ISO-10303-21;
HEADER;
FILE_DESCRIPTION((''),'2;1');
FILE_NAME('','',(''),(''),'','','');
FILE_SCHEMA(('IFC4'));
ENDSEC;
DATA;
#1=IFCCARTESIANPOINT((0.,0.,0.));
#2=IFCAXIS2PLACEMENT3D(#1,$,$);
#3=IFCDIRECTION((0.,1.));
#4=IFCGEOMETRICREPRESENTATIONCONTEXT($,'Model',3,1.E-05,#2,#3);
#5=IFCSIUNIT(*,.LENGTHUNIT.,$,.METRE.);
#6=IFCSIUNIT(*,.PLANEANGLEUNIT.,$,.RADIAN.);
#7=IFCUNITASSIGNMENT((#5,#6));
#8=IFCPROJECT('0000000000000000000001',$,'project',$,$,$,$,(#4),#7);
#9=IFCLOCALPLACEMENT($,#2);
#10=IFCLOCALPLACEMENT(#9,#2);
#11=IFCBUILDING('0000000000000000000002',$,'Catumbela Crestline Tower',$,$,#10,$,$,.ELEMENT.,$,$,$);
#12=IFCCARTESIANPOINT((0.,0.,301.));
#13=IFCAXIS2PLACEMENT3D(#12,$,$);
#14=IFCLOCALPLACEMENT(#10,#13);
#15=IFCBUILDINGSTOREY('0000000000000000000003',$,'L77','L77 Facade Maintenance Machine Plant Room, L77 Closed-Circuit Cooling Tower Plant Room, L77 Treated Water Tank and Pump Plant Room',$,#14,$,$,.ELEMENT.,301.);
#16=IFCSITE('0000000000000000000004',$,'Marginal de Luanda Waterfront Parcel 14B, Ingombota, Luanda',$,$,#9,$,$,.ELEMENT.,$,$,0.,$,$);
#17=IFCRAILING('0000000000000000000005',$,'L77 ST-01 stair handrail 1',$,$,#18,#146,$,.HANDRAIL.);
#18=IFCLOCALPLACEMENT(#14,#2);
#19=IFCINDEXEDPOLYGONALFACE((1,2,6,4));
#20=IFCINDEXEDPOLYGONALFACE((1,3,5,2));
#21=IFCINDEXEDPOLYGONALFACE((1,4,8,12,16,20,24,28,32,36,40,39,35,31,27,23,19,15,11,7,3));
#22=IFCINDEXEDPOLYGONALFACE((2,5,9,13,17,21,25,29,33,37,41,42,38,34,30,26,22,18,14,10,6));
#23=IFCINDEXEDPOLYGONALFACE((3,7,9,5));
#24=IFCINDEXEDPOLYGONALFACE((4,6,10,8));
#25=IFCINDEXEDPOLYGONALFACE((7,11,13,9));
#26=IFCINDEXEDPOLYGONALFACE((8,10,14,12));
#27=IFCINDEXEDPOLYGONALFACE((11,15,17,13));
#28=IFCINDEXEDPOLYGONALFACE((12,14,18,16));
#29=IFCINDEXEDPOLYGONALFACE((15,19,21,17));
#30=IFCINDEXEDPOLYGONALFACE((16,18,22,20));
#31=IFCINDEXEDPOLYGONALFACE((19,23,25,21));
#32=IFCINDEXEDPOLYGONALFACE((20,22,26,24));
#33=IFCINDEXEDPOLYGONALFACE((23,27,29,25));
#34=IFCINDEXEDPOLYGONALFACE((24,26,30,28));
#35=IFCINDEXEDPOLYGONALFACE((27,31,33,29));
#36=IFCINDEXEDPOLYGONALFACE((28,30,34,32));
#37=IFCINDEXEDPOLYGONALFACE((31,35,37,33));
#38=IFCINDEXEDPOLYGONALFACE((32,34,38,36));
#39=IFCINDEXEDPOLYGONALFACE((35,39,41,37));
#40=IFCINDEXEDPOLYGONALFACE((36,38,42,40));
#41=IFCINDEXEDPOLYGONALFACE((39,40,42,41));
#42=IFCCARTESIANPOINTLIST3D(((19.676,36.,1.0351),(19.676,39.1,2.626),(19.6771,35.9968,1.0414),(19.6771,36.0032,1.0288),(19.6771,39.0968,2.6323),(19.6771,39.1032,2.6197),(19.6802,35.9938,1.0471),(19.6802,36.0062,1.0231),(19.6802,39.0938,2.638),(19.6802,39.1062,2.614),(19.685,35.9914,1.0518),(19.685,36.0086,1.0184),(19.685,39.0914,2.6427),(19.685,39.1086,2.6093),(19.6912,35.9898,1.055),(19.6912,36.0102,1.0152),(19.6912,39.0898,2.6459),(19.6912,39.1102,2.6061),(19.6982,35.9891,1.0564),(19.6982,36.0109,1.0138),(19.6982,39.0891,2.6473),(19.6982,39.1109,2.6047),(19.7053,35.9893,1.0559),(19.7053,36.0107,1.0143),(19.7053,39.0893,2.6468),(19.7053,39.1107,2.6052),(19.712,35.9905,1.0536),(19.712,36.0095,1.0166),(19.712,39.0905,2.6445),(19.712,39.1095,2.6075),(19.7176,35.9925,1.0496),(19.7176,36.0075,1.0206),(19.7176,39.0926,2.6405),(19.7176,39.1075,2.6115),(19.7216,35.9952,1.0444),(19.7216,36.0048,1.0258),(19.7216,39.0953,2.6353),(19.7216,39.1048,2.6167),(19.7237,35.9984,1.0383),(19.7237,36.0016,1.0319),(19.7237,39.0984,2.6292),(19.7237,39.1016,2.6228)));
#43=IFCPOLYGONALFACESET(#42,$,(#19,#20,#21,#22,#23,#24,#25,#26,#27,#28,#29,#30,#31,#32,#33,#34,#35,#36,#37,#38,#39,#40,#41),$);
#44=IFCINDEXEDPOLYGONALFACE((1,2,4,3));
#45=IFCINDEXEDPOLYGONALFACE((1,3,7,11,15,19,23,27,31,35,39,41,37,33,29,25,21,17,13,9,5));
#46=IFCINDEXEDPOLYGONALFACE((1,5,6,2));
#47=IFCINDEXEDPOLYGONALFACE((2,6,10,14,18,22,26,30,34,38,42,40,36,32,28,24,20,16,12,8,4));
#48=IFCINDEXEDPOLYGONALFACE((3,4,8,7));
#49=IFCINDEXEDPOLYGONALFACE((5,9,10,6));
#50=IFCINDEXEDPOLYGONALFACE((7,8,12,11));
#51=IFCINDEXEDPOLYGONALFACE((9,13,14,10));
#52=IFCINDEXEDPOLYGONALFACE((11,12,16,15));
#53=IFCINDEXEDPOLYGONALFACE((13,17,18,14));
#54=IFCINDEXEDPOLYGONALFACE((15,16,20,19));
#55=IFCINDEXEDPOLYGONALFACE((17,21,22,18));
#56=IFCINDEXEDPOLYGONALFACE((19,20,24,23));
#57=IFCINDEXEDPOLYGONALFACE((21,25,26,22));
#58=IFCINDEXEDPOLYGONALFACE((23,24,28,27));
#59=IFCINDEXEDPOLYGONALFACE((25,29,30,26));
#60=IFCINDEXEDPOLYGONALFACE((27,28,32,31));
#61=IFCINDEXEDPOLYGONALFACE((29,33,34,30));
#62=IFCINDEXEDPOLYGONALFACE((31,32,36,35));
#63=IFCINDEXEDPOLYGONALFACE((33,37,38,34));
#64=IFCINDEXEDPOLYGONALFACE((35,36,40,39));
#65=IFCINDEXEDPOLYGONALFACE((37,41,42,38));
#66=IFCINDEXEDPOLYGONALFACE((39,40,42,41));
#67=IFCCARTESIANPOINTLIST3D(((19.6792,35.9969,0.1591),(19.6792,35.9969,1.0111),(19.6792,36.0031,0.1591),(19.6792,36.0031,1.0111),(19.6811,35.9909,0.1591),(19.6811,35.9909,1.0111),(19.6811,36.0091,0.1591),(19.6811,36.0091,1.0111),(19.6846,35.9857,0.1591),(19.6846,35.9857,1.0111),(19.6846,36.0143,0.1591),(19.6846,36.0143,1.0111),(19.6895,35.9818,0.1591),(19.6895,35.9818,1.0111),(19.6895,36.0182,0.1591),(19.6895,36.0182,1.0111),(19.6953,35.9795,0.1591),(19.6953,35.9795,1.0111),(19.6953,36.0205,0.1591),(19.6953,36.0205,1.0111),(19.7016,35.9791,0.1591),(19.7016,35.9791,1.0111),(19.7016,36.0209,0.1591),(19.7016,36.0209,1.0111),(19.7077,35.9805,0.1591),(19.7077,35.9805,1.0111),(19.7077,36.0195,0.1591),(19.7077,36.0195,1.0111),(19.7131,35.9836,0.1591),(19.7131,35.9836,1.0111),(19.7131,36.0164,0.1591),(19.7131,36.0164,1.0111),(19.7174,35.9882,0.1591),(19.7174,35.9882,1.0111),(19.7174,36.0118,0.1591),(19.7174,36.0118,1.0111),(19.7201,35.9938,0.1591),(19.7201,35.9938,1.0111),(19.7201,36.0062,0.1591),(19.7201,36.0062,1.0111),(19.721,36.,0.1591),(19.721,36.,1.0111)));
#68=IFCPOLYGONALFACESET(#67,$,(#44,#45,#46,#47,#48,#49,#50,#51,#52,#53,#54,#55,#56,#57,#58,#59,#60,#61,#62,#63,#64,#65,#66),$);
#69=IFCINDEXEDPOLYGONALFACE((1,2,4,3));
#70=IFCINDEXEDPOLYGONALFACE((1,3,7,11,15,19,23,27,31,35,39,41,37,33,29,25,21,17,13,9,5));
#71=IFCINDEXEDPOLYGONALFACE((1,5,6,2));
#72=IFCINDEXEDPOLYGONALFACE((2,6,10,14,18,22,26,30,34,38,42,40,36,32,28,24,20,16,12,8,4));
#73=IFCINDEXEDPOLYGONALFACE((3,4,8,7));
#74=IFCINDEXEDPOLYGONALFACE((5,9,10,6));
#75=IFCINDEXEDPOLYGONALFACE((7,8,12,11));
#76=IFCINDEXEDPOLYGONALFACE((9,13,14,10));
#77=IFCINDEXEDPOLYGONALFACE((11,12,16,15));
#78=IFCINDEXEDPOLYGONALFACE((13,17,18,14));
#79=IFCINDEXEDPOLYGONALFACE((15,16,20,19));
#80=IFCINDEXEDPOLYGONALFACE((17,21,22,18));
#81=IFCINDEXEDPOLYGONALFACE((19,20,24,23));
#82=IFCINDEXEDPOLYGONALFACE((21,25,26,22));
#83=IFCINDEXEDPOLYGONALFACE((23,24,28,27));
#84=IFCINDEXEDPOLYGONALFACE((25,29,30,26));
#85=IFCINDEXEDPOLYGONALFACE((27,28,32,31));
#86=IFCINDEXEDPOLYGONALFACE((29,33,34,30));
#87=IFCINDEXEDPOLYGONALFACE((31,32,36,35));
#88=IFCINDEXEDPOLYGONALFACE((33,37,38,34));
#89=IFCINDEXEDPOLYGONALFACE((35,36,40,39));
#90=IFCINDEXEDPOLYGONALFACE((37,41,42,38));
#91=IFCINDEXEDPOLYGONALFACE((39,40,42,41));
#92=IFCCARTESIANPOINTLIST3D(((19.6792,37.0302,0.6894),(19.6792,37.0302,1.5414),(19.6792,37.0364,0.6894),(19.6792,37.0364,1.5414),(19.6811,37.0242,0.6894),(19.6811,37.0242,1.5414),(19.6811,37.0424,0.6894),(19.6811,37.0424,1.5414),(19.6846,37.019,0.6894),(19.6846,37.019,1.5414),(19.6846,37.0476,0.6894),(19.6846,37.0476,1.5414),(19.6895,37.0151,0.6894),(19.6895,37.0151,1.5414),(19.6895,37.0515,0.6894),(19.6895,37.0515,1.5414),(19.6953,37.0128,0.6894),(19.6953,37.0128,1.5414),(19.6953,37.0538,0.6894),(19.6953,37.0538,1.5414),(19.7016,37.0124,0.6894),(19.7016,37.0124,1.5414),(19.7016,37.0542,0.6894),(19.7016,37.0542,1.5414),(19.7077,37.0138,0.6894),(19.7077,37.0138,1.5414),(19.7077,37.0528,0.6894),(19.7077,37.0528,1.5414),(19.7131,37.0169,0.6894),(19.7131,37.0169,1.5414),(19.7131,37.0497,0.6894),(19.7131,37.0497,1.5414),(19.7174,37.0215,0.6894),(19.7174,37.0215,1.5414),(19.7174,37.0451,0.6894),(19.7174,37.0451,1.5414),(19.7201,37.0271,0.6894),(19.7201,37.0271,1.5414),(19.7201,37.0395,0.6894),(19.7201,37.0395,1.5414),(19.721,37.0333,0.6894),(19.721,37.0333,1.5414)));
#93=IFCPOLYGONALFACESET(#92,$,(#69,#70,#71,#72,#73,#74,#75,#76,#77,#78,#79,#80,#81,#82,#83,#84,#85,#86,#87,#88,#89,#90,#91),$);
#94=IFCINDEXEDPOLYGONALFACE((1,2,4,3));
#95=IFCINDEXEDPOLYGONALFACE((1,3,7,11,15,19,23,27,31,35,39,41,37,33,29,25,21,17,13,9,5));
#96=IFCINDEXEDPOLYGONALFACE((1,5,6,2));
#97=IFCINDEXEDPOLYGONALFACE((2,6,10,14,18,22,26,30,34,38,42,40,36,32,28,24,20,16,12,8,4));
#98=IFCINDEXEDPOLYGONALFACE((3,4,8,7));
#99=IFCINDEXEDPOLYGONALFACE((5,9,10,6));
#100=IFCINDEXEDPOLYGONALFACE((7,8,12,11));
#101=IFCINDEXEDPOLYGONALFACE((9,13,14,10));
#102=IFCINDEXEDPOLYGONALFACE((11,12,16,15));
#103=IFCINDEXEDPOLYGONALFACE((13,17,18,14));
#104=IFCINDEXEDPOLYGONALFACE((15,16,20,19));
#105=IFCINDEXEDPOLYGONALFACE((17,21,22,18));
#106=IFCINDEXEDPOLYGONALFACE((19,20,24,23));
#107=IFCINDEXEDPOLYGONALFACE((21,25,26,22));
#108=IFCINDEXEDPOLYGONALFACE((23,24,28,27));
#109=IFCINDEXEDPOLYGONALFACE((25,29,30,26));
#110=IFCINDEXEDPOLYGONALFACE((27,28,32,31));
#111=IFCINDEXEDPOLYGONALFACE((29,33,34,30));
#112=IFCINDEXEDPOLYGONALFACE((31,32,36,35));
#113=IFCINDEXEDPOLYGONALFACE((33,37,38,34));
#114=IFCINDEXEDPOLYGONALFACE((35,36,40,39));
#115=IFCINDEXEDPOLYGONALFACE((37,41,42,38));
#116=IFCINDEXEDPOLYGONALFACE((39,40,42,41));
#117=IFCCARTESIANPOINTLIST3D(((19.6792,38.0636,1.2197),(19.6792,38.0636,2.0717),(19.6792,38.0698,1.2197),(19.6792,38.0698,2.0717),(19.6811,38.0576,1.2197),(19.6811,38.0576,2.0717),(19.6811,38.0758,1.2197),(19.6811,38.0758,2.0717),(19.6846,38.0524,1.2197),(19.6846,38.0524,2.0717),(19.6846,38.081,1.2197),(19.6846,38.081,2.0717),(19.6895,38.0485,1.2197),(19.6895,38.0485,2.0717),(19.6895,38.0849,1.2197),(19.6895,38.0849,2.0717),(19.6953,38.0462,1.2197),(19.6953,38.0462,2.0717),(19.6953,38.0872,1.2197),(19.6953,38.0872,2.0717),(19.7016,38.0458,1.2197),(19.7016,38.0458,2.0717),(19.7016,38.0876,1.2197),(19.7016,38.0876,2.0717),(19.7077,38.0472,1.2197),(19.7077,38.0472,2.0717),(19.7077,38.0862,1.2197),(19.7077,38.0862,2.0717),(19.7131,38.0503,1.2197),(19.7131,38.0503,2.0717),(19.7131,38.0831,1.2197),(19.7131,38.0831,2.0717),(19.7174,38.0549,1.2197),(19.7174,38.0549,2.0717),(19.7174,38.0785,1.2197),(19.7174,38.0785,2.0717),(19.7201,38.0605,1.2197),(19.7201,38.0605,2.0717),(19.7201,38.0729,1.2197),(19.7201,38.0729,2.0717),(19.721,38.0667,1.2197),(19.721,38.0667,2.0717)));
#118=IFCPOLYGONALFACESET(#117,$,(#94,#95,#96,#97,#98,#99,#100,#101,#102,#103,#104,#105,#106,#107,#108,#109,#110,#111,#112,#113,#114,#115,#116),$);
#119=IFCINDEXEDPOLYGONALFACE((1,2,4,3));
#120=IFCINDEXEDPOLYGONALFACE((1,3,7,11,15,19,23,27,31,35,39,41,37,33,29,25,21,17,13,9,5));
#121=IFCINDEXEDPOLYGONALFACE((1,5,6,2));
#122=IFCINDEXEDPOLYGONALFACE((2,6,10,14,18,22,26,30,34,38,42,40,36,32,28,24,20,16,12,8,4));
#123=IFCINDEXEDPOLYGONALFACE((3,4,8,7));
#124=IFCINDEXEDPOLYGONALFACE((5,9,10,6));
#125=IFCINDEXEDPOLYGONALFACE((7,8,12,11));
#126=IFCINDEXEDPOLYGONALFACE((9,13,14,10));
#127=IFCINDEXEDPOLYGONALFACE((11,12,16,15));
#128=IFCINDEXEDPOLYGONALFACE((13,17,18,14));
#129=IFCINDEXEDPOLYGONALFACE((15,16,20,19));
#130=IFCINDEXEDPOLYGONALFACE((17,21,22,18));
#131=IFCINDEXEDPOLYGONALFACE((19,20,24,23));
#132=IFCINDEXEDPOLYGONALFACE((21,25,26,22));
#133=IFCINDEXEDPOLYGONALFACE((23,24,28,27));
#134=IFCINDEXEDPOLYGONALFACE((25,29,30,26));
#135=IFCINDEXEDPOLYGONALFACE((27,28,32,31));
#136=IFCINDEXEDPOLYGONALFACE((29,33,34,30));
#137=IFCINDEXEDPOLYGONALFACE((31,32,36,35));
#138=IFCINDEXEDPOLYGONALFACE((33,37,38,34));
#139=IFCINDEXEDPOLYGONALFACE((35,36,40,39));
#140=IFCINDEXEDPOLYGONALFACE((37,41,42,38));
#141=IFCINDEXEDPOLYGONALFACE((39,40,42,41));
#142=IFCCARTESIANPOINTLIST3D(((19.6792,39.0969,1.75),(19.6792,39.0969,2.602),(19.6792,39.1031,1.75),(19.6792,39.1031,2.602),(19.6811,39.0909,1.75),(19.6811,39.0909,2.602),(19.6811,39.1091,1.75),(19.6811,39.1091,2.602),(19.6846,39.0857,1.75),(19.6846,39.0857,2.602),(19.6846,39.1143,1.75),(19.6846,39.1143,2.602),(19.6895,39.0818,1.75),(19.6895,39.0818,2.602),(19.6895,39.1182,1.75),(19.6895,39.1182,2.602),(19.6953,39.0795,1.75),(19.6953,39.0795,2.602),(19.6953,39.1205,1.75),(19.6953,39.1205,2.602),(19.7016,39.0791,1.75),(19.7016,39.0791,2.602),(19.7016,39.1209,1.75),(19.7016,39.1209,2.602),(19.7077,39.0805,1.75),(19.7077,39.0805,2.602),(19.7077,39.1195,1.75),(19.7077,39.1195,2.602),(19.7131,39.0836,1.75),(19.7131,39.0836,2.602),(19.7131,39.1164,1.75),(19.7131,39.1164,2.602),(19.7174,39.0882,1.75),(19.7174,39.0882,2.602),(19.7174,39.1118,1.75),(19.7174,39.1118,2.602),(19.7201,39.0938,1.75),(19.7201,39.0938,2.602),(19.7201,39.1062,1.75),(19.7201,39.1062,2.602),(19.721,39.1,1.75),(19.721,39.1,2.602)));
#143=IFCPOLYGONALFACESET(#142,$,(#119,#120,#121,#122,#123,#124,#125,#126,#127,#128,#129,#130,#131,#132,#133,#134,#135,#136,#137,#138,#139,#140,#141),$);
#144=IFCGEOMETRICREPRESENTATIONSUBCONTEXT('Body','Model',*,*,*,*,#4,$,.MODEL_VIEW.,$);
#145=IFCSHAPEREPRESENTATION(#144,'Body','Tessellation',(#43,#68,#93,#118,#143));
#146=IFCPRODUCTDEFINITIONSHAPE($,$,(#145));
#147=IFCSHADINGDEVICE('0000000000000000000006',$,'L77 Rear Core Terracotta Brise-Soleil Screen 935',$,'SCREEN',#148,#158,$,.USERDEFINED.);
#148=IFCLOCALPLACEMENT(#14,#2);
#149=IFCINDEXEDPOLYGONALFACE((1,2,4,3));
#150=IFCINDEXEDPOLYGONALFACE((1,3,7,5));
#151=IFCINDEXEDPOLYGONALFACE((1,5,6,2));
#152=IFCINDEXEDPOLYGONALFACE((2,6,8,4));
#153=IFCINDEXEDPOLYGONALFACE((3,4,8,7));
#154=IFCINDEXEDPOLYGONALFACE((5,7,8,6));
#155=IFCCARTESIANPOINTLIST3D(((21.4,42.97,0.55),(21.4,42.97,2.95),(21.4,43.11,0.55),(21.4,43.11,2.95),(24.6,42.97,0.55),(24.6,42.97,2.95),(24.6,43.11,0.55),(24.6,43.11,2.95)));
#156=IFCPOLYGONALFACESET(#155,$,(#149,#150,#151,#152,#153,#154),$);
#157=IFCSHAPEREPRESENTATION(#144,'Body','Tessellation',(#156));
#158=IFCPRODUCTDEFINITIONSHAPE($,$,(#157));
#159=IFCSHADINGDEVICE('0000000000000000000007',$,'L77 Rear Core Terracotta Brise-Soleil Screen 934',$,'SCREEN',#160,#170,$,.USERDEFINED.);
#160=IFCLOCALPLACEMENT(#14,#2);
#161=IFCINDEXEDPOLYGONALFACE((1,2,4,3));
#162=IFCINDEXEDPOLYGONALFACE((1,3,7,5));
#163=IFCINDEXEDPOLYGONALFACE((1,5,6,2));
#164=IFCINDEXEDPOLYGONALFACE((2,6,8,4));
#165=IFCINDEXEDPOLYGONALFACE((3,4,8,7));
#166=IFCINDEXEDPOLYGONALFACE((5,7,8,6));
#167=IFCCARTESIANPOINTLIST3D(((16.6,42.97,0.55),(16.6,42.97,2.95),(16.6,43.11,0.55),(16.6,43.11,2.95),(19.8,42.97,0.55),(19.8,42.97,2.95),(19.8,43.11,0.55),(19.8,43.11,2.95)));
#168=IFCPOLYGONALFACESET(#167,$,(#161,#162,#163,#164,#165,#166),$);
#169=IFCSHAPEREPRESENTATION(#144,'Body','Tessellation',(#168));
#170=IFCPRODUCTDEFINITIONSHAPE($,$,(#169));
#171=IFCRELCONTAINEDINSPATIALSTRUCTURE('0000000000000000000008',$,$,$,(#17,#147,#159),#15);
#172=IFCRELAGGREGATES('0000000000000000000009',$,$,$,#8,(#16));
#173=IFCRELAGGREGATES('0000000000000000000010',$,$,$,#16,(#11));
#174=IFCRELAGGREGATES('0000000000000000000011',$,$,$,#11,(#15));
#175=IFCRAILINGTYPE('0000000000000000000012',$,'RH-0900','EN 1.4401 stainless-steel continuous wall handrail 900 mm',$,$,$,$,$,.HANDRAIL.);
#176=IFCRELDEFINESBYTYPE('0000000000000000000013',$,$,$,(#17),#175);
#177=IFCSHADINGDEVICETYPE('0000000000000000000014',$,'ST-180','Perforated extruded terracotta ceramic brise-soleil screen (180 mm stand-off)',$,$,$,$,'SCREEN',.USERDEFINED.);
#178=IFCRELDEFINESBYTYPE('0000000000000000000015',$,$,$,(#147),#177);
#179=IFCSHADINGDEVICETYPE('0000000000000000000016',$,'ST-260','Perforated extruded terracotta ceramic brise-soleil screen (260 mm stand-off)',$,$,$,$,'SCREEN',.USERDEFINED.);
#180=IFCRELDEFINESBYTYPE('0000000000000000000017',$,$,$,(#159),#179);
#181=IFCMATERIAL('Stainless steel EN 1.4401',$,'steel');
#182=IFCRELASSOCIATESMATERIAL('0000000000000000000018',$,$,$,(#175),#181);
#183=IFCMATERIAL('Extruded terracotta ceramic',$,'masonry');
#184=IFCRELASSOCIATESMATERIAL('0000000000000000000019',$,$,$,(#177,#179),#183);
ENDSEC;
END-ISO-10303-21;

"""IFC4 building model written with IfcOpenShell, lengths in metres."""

from ifc_helpers import new_model, si_unit, direction, frame, origin, origin_2d, place, context, subcontext, project, spatial, rectangle, circle, extrude, material, type_object, element, save


model = new_model("IFC4")

# Units and contexts
model_context = context("Model", 3, precision=1e-05, world=origin(), true_north=direction((0.0, 1.0)))
body_context = subcontext(model_context, "Body", "Model", "MODEL_VIEW")
ifc_project = project(units=[si_unit("LENGTHUNIT", "METRE"), si_unit("PLANEANGLEUNIT", "RADIAN")], contexts=[model_context])

# Site, building, storey
site_placement = place(None, origin())
site = spatial("IfcSite", under=ifc_project, at=site_placement, Name="Marginal de Luanda Waterfront Parcel 14B, Ingombota, Luanda", CompositionType="ELEMENT", RefElevation=0.0)
building_placement = place(site_placement, origin())
building = spatial("IfcBuilding", under=site, at=building_placement, Name="Catumbela Crestline Tower", CompositionType="ELEMENT")
storey_placement = place(building_placement, frame((0.0, 0.0, 301.0)))
storey = spatial("IfcBuildingStorey", under=building, at=storey_placement, Name="L77", Description="L77 Facade Maintenance Machine Plant Room, L77 Closed-Circuit Cooling Tower Plant Room, L77 Treated Water Tank and Pump Plant Room", CompositionType="ELEMENT", Elevation=301.0)

# Shared definitions
ifc_material_1 = material(Name="Stainless steel EN 1.4401", Category="steel")

# Railing
railing_type_1 = type_object("IfcRailingType", Name="RH-0900", Description="EN 1.4401 stainless-steel continuous wall handrail 900 mm", PredefinedType="HANDRAIL", material=ifc_material_1)
railing_1_placement = place(storey_placement, frame((19.7, 36.0, 0.1591)))
element("IfcRailing", 1, at=railing_1_placement, inside=storey, type_object=railing_type_1, Name="L77 ST-01 stair handrail 1", PredefinedType="HANDRAIL", context=body_context, shape_type="SweptSolid", body=[
    extrude(circle(Radius=0.024, at=origin_2d()), frame((0.0, 0.0, 0.876), z_axis=(0.0, 0.889683, 0.456579), x_axis=(-1.0, 0.0, 0.0)), (0.0, 0.0, 1.0), 3.4844),
    extrude(circle(Radius=0.021, at=origin_2d()), origin(), (0.0, 0.0, 1.0), 0.852),
    extrude(circle(Radius=0.021, at=origin_2d()), frame((0.0, 1.0333, 0.5303)), (0.0, 0.0, 1.0), 0.852),
    extrude(circle(Radius=0.021, at=origin_2d()), frame((0.0, 2.0667, 1.0606)), (0.0, 0.0, 1.0), 0.852),
    extrude(circle(Radius=0.021, at=origin_2d()), frame((0.0, 3.1, 1.5909)), (0.0, 0.0, 1.0), 0.852),
])

# Shading devices
ifc_material_2 = material(Name="Extruded terracotta ceramic", Category="masonry")
shading_device_type_1 = type_object("IfcShadingDeviceType", Name="ST-180", Description="Perforated extruded terracotta ceramic brise-soleil screen (180 mm stand-off)", ElementType="SCREEN", PredefinedType="USERDEFINED", material=ifc_material_2)
shading_device_1_placement = place(storey_placement, frame((23.0, 43.04, 0.55), z_axis=(0.0, 0.0, 1.0), x_axis=(1.0, 0.0, 0.0)))
element("IfcShadingDevice", 2, at=shading_device_1_placement, inside=storey, type_object=shading_device_type_1, Name="L77 Rear Core Terracotta Brise-Soleil Screen 935", ObjectType="SCREEN", PredefinedType="USERDEFINED", context=body_context, shape_type="SweptSolid", body=[
    extrude(rectangle(XDim=3.2, YDim=0.14, at=origin_2d()), origin(), (0.0, 0.0, 1.0), 2.4),
])
shading_device_type_2 = type_object("IfcShadingDeviceType", Name="ST-260", Description="Perforated extruded terracotta ceramic brise-soleil screen (260 mm stand-off)", ElementType="SCREEN", PredefinedType="USERDEFINED", material=ifc_material_2)
shading_device_2_placement = place(storey_placement, frame((18.2, 43.04, 0.55), z_axis=(0.0, 0.0, 1.0), x_axis=(1.0, 0.0, 0.0)))
element("IfcShadingDevice", 3, at=shading_device_2_placement, inside=storey, type_object=shading_device_type_2, Name="L77 Rear Core Terracotta Brise-Soleil Screen 934", ObjectType="SCREEN", PredefinedType="USERDEFINED", context=body_context, shape_type="SweptSolid", body=[
    extrude(rectangle(XDim=3.2, YDim=0.14, at=origin_2d()), origin(), (0.0, 0.0, 1.0), 2.4),
])

save(model, "model.ifc")
